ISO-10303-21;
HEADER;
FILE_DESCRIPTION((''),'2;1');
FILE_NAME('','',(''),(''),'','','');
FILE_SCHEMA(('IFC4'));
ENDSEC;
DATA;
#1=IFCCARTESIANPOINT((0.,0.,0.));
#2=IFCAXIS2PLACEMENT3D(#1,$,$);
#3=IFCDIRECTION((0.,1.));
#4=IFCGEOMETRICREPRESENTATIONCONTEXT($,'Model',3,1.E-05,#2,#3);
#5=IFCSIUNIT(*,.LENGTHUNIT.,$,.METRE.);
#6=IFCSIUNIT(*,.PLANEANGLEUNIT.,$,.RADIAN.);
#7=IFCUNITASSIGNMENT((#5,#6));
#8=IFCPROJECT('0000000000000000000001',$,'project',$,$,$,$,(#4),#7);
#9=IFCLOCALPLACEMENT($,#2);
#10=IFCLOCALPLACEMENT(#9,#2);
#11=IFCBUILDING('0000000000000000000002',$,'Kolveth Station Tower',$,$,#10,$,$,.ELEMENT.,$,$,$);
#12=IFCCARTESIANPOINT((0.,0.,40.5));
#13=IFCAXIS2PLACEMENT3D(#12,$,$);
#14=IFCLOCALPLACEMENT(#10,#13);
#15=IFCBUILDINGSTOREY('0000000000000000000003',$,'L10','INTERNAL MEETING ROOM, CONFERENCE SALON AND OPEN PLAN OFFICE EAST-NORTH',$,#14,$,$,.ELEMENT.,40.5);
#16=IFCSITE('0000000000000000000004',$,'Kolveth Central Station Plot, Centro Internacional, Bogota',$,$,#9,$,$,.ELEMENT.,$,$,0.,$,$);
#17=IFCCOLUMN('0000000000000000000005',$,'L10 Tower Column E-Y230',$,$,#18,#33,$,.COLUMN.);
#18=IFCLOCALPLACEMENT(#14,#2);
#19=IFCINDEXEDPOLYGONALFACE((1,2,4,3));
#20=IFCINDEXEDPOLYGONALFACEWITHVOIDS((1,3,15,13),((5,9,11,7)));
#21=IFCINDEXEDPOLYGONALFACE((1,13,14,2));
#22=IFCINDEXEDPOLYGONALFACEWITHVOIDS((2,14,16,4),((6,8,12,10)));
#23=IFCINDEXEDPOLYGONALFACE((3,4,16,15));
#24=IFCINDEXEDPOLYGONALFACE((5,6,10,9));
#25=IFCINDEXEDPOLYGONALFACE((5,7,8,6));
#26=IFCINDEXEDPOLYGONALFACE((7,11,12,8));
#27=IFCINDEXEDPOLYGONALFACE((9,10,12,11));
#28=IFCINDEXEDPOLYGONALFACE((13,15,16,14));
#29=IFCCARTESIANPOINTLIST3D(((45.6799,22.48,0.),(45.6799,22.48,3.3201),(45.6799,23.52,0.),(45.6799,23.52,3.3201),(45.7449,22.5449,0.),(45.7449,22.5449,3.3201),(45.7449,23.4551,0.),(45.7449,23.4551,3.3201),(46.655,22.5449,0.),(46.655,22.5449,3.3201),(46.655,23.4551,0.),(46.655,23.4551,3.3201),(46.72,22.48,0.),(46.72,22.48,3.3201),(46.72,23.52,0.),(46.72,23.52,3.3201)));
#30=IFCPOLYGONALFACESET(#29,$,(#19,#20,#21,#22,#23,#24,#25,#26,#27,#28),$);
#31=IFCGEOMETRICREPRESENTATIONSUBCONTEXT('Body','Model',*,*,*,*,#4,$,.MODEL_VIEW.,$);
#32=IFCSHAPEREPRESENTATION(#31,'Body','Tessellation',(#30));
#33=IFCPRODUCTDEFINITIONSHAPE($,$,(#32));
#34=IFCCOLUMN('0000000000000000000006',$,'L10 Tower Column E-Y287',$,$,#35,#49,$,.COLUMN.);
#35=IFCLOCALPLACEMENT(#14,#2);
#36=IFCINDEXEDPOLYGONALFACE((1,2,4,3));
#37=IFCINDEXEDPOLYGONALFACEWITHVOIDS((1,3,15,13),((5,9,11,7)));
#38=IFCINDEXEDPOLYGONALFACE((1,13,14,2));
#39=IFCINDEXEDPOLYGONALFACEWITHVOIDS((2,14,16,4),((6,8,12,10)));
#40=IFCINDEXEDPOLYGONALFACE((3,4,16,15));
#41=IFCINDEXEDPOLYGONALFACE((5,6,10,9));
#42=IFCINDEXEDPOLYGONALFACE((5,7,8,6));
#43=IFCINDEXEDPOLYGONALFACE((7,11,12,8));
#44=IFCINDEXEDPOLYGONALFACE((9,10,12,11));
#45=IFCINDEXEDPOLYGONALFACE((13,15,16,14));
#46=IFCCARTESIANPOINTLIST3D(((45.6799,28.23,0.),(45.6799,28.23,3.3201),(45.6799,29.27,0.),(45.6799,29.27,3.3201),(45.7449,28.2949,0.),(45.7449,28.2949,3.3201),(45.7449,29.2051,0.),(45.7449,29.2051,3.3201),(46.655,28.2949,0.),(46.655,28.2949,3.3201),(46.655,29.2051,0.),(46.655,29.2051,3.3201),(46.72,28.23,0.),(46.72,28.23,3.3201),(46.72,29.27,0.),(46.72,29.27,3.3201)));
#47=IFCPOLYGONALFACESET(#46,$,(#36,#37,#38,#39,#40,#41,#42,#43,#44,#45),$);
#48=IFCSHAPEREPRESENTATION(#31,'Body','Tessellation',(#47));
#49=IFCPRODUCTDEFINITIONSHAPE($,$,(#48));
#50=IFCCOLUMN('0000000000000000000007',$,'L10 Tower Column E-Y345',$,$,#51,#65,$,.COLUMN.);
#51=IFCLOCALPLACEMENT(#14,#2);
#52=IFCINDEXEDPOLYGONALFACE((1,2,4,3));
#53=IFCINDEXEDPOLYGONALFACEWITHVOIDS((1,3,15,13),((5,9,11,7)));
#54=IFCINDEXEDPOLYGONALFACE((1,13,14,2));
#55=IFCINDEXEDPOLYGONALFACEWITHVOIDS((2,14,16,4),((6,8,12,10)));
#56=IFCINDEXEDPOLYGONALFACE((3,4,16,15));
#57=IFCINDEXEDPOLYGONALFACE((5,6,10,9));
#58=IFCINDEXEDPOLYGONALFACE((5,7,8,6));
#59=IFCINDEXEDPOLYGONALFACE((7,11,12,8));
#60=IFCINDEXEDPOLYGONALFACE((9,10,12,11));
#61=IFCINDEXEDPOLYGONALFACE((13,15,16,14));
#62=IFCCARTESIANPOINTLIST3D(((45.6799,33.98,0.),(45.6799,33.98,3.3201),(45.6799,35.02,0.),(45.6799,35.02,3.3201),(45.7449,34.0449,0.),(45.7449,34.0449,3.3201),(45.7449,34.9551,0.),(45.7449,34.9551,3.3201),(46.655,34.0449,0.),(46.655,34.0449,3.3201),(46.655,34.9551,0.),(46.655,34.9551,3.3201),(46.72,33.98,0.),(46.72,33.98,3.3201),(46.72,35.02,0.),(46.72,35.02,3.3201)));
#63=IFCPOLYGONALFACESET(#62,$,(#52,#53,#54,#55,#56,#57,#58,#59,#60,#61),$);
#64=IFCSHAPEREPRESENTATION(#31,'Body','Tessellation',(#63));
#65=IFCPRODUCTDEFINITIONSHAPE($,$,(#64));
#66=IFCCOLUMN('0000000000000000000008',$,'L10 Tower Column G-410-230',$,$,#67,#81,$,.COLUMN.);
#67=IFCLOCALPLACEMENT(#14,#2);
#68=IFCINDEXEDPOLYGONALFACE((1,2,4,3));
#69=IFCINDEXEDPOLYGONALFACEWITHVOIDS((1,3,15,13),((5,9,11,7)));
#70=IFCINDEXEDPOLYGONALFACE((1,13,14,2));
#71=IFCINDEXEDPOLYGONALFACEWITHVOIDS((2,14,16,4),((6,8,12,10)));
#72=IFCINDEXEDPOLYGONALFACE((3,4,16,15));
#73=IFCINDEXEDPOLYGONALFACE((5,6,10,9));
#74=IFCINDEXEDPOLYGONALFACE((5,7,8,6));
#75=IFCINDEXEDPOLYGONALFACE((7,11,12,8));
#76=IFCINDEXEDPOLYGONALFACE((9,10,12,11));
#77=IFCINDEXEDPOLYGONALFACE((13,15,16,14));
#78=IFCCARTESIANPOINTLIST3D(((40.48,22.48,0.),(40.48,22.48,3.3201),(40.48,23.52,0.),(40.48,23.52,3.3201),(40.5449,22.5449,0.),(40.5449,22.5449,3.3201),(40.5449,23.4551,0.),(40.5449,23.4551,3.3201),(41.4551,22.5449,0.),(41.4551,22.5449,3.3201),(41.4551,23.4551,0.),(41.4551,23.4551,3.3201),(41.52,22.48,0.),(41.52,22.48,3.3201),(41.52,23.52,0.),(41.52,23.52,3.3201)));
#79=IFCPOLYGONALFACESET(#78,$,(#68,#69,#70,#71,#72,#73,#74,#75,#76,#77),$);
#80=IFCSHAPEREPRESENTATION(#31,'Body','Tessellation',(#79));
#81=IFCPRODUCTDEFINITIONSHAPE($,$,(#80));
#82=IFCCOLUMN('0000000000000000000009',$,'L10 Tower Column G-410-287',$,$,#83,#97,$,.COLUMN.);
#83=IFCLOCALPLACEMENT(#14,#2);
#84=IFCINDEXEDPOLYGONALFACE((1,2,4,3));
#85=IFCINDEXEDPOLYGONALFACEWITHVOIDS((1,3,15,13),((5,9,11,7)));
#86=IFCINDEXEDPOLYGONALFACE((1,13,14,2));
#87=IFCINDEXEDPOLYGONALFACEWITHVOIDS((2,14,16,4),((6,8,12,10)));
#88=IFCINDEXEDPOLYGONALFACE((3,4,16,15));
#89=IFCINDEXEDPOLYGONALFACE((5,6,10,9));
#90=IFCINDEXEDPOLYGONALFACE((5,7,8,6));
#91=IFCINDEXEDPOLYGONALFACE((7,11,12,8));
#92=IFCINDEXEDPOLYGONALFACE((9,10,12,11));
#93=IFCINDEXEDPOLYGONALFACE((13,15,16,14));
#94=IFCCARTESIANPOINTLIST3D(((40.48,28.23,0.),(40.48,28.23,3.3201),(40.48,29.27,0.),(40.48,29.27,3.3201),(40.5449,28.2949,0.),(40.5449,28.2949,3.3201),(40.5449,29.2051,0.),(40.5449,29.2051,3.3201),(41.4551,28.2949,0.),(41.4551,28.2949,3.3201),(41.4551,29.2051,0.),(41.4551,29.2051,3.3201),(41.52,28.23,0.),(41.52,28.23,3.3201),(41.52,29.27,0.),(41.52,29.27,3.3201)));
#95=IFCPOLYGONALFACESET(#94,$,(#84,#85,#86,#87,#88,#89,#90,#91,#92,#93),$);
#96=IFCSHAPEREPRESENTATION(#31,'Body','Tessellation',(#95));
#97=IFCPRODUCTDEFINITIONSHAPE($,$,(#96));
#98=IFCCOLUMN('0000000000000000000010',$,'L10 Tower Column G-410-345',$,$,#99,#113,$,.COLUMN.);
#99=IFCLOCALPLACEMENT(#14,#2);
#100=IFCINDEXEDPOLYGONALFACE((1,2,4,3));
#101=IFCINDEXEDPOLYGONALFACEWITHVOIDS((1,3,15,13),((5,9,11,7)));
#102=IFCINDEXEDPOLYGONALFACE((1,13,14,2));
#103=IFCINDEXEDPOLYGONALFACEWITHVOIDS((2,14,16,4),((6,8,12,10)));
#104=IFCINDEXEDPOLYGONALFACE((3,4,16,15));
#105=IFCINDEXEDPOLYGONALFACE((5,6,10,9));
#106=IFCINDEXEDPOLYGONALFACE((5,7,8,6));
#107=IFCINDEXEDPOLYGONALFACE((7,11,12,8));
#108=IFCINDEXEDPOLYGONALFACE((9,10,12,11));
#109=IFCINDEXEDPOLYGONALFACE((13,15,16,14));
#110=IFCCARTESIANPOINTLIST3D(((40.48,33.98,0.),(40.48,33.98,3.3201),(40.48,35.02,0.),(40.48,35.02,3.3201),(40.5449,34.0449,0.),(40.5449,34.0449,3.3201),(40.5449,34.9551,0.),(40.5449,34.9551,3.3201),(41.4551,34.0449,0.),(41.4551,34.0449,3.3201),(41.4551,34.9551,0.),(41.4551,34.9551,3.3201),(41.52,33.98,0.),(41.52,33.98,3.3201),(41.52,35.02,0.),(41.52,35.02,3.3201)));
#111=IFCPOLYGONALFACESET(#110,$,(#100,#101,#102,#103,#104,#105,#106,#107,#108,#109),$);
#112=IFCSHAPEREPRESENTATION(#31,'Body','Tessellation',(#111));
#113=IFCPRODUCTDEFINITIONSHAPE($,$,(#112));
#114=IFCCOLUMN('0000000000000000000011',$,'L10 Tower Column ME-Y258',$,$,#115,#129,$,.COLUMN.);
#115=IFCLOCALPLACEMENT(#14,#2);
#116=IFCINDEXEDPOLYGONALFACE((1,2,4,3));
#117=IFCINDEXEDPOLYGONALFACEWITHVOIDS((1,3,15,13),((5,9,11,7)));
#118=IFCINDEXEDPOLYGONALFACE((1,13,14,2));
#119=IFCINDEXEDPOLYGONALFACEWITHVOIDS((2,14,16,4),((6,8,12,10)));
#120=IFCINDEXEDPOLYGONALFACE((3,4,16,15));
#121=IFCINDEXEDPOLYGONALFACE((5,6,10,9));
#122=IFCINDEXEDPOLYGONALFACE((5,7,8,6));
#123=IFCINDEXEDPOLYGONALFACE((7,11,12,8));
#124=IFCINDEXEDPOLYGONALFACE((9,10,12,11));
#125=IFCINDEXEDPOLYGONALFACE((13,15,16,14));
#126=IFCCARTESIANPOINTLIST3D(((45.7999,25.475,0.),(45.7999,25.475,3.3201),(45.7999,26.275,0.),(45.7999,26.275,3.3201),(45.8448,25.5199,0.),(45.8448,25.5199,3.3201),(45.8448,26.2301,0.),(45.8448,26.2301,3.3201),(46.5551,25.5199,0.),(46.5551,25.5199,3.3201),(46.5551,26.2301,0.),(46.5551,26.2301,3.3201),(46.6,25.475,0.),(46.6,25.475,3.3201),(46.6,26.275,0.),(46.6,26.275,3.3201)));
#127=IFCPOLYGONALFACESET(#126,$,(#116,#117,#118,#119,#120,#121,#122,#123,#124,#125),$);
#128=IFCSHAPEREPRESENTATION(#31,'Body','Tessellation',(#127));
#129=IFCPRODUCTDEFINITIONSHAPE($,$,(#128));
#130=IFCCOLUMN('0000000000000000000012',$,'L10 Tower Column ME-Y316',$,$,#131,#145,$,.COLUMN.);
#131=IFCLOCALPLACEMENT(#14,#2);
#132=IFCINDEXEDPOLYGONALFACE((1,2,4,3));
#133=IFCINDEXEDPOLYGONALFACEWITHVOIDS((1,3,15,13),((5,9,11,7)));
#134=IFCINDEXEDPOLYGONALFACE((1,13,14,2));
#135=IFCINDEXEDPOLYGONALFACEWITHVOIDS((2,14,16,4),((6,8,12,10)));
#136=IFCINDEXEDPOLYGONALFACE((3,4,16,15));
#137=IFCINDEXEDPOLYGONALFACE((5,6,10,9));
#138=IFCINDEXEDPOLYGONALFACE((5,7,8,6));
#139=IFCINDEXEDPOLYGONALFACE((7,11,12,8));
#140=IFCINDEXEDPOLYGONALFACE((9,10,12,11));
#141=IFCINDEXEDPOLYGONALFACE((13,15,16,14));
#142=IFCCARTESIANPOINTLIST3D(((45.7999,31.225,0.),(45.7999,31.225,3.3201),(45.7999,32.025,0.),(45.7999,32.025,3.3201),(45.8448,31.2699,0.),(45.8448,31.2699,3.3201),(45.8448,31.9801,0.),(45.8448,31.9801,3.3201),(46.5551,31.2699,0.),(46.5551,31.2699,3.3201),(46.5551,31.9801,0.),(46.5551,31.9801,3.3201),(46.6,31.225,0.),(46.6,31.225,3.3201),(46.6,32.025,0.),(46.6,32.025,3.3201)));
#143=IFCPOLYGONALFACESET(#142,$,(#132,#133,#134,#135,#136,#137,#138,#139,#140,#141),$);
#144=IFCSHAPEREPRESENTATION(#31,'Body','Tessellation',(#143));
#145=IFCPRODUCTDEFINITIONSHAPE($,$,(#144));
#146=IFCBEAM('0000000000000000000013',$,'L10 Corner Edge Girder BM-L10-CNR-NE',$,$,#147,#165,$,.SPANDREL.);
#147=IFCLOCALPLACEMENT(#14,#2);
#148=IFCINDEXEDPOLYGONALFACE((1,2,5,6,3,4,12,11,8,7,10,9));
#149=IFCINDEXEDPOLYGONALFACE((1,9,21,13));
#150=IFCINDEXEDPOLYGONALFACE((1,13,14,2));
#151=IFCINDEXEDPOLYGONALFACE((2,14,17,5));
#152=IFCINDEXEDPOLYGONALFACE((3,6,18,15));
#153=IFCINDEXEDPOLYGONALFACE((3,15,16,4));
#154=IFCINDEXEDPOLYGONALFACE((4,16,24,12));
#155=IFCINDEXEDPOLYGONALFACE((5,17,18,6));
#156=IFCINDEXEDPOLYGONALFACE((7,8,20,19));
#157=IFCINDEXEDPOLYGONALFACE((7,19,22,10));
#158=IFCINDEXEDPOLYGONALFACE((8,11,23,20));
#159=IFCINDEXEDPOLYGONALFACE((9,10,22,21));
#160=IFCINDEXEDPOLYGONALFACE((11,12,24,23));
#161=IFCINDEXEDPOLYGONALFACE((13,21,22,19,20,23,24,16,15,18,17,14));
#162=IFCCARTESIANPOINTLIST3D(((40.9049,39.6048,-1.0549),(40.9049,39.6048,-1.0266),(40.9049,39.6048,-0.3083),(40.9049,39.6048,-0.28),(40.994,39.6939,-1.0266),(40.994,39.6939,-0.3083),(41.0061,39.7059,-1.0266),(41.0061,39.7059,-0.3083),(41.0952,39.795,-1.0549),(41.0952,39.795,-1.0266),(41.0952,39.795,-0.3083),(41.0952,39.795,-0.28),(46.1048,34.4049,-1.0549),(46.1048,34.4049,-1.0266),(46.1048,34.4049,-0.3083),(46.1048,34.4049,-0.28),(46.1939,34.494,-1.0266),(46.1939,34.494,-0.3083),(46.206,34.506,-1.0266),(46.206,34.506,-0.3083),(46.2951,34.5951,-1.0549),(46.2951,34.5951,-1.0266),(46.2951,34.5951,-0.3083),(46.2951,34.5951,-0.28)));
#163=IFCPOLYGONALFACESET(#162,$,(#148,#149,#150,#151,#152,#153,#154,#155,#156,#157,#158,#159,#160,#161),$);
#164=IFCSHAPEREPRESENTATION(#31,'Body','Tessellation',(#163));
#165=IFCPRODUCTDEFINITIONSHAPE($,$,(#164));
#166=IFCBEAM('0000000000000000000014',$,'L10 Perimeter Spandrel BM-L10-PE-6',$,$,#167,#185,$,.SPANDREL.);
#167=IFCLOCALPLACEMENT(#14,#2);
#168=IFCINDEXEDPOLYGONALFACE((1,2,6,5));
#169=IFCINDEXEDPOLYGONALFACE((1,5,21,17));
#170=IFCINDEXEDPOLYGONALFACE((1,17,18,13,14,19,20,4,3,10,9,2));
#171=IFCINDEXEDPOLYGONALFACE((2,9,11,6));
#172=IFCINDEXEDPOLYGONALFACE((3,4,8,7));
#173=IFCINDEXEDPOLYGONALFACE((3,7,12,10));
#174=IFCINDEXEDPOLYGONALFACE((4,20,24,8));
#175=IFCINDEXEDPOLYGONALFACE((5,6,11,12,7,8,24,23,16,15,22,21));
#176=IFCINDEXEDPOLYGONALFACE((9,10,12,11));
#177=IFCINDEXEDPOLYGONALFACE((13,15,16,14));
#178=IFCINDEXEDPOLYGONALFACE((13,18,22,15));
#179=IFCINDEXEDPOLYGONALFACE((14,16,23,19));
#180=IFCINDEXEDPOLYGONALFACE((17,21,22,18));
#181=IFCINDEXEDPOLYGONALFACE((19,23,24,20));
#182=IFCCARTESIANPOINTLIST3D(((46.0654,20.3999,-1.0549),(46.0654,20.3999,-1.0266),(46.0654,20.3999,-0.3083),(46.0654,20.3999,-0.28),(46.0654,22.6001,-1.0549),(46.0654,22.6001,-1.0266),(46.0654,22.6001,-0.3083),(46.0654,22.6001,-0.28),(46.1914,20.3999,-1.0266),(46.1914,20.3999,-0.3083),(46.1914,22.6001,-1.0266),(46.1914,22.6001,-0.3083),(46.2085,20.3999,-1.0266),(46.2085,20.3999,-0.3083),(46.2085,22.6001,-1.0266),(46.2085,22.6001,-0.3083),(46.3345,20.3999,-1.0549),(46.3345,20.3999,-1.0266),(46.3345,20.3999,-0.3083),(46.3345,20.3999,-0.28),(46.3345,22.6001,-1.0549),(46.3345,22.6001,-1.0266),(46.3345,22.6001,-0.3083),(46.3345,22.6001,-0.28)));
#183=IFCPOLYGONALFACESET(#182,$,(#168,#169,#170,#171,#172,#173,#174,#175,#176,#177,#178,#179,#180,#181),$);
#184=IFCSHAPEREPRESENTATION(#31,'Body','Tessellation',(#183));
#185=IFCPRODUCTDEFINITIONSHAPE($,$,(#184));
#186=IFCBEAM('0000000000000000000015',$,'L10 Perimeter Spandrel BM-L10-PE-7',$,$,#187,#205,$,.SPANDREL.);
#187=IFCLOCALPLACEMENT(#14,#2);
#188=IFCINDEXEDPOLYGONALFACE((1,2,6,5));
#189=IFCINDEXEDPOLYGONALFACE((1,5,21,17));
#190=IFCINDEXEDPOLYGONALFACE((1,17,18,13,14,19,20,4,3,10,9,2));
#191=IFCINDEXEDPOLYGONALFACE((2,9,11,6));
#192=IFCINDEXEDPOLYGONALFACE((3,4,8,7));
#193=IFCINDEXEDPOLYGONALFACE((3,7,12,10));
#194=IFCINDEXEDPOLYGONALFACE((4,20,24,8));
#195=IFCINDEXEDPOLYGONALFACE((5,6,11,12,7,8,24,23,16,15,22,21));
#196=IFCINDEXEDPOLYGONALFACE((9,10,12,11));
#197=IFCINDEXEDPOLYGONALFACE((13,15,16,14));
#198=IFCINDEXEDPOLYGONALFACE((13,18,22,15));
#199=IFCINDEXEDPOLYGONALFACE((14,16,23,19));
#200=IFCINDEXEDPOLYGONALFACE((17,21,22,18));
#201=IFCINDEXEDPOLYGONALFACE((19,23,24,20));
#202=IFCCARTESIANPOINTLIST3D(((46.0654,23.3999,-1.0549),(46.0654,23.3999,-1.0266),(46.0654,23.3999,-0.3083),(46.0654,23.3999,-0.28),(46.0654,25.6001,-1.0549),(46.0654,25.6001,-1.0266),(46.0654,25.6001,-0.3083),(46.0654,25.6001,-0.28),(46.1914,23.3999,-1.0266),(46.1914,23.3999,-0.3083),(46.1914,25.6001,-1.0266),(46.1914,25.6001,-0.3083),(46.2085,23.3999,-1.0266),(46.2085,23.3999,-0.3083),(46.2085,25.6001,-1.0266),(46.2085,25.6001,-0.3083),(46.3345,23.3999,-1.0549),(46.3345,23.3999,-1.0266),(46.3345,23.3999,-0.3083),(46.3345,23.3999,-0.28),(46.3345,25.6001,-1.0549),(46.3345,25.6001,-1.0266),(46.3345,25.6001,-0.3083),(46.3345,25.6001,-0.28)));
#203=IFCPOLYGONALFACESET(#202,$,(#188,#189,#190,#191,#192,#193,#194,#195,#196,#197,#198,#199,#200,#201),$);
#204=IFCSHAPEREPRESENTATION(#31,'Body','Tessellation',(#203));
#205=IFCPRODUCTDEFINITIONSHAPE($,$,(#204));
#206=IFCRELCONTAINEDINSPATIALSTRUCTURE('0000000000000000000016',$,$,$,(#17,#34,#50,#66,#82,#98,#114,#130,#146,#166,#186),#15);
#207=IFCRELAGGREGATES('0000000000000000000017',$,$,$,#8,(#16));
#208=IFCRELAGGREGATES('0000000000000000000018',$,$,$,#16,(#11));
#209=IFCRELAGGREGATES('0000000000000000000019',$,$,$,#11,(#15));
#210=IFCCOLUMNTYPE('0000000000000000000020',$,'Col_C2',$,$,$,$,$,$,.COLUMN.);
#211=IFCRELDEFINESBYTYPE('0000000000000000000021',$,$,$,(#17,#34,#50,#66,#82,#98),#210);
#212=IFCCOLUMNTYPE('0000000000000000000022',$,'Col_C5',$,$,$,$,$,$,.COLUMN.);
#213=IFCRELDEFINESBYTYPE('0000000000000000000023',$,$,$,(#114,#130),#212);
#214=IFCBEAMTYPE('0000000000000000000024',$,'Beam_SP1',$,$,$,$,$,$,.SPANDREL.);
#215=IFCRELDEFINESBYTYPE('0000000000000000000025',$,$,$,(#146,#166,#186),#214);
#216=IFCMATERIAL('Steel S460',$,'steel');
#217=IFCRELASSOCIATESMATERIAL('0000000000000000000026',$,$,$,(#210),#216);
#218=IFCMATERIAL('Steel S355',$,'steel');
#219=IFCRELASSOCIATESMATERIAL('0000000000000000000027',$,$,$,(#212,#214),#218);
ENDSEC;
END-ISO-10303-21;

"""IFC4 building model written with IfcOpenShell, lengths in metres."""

from ifc_helpers import new_model, si_unit, direction, frame, origin, origin_2d, place, context, subcontext, project, spatial, hollow_rectangle, i_section, extrude, source, transform, mapped, material, material_profile, profile_set, type_object, element, save


model = new_model("IFC4")

# Units and contexts
model_context = context("Model", 3, precision=1e-05, world=origin(), true_north=direction((0.0, 1.0)))
body_context = subcontext(model_context, "Body", "Model", "MODEL_VIEW")
ifc_project = project(units=[si_unit("LENGTHUNIT", "METRE"), si_unit("PLANEANGLEUNIT", "RADIAN")], contexts=[model_context])

# Site, building, storey
site_placement = place(None, origin())
site = spatial("IfcSite", under=ifc_project, at=site_placement, Name="Kolveth Central Station Plot, Centro Internacional, Bogota", CompositionType="ELEMENT", RefElevation=0.0)
building_placement = place(site_placement, origin())
building = spatial("IfcBuilding", under=site, at=building_placement, Name="Kolveth Station Tower", CompositionType="ELEMENT")
storey_placement = place(building_placement, frame((0.0, 0.0, 40.5)))
storey = spatial("IfcBuildingStorey", under=building, at=storey_placement, Name="L10", Description="INTERNAL MEETING ROOM, CONFERENCE SALON AND OPEN PLAN OFFICE EAST-NORTH", CompositionType="ELEMENT", Elevation=40.5)

# Columns
ifc_material_1 = material(Name="Steel S460", Category="steel")
ifc_material_profile_1 = material_profile(ifc_material_1, hollow_rectangle(XDim=1.04, YDim=1.04, WallThickness=0.0649, at=origin_2d()), Name="BOX1040x1040x65")
ifc_profile_set_1 = profile_set([ifc_material_profile_1], Name="Steel S460")
column_type_1 = type_object("IfcColumnType", Name="Col_C2", PredefinedType="COLUMN", material=ifc_profile_set_1)
shared_shape_1 = source(origin(), body_context, "Body", "SweptSolid", [
    extrude(hollow_rectangle(XDim=1.04, YDim=1.04, WallThickness=0.0649, at=origin_2d()), origin(), (0.0, 0.0, 1.0), 3.3201),
])
for number, where, z_axis, x_axis, name in (
    (1, (46.2, 23.0, 0.0), (0.0, 0.0, 1.0), (1.0, 0.0, 0.0), "L10 Tower Column E-Y230"),
    (2, (46.2, 28.75, 0.0), (0.0, 0.0, 1.0), (1.0, 0.0, 0.0), "L10 Tower Column E-Y287"),
    (3, (46.2, 34.5, 0.0), (0.0, 0.0, 1.0), (1.0, 0.0, 0.0), "L10 Tower Column E-Y345"),
    (4, (41.0, 23.0, 0.0), (0.0, 0.0, 1.0), (1.0, 0.0, 0.0), "L10 Tower Column G-410-230"),
    (5, (41.0, 28.75, 0.0), (0.0, 0.0, 1.0), (1.0, 0.0, 0.0), "L10 Tower Column G-410-287"),
    (6, (41.0, 34.5, 0.0), (0.0, 0.0, 1.0), (1.0, 0.0, 0.0), "L10 Tower Column G-410-345"),
):
    element("IfcColumn", number, at=place(storey_placement, frame(where, z_axis=z_axis, x_axis=x_axis)), inside=storey, type_object=column_type_1, Name=name, PredefinedType="COLUMN", context=body_context, shape_type="MappedRepresentation", body=[
        mapped(shared_shape_1, transform((0.0, 0.0, 0.0), x_axis=(1.0, 0.0, 0.0), y_axis=(0.0, 1.0, 0.0), z_axis=(0.0, 0.0, 1.0), scale=1.0)),
    ])
ifc_material_2 = material(Name="Steel S355", Category="steel")
ifc_material_profile_2 = material_profile(ifc_material_2, hollow_rectangle(XDim=0.8, YDim=0.8, WallThickness=0.0449, at=origin_2d()), Name="BOX800x800x45")
ifc_profile_set_2 = profile_set([ifc_material_profile_2], Name="Steel S355")
column_type_2 = type_object("IfcColumnType", Name="Col_C5", PredefinedType="COLUMN", material=ifc_profile_set_2)
shared_shape_2 = source(origin(), body_context, "Body", "SweptSolid", [
    extrude(hollow_rectangle(XDim=0.8, YDim=0.8, WallThickness=0.0449, at=origin_2d()), origin(), (0.0, 0.0, 1.0), 3.3201),
])
for number, where, z_axis, x_axis, name in (
    (7, (46.2, 25.875, 0.0), (0.0, 0.0, 1.0), (1.0, 0.0, 0.0), "L10 Tower Column ME-Y258"),
    (8, (46.2, 31.625, 0.0), (0.0, 0.0, 1.0), (1.0, 0.0, 0.0), "L10 Tower Column ME-Y316"),
):
    element("IfcColumn", number, at=place(storey_placement, frame(where, z_axis=z_axis, x_axis=x_axis)), inside=storey, type_object=column_type_2, Name=name, PredefinedType="COLUMN", context=body_context, shape_type="MappedRepresentation", body=[
        mapped(shared_shape_2, transform((0.0, 0.0, 0.0), x_axis=(1.0, 0.0, 0.0), y_axis=(0.0, 1.0, 0.0), z_axis=(0.0, 0.0, 1.0), scale=1.0)),
    ])

# Beams
ifc_material_profile_3 = material_profile(ifc_material_2, i_section(OverallWidth=0.269, OverallDepth=0.7749, WebThickness=0.0171, FlangeThickness=0.0283, at=origin_2d()), Name="W760x220")
ifc_profile_set_3 = profile_set([ifc_material_profile_3], Name="Steel S355")
beam_type_1 = type_object("IfcBeamType", Name="Beam_SP1", PredefinedType="SPANDREL", material=ifc_profile_set_3)
shared_shape_3 = source(origin(), body_context, "Body", "SweptSolid", [
    extrude(i_section(OverallWidth=0.269, OverallDepth=0.7749, WebThickness=0.0171, FlangeThickness=0.0283, at=origin_2d()), origin(), (0.0, 0.0, 1.0), 7.3538),
])
beam_placement = place(storey_placement, frame((46.2, 34.5, -0.6675), z_axis=(-0.707107, 0.707107, 0.0), x_axis=(-0.707107, -0.707107, 0.0)))
element("IfcBeam", 9, at=beam_placement, inside=storey, type_object=beam_type_1, Name="L10 Corner Edge Girder BM-L10-CNR-NE", PredefinedType="SPANDREL", context=body_context, shape_type="MappedRepresentation", body=[
    mapped(shared_shape_3, transform((0.0, 0.0, 0.0), x_axis=(1.0, 0.0, 0.0), y_axis=(0.0, 1.0, 0.0), z_axis=(0.0, 0.0, 1.0), scale=1.0)),
])
shared_shape_4 = source(origin(), body_context, "Body", "SweptSolid", [
    extrude(i_section(OverallWidth=0.269, OverallDepth=0.7749, WebThickness=0.0171, FlangeThickness=0.0283, at=origin_2d()), origin(), (0.0, 0.0, 1.0), 2.2002),
])
for number, where, z_axis, x_axis, name in (
    (10, (46.2, 20.3999, -0.6675), (0.0, 1.0, 0.0), (-1.0, 0.0, 0.0), "L10 Perimeter Spandrel BM-L10-PE-6"),
    (11, (46.2, 23.3999, -0.6675), (0.0, 1.0, 0.0), (-1.0, 0.0, 0.0), "L10 Perimeter Spandrel BM-L10-PE-7"),
):
    element("IfcBeam", number, at=place(storey_placement, frame(where, z_axis=z_axis, x_axis=x_axis)), inside=storey, type_object=beam_type_1, Name=name, PredefinedType="SPANDREL", context=body_context, shape_type="MappedRepresentation", body=[
        mapped(shared_shape_4, transform((0.0, 0.0, 0.0), x_axis=(1.0, 0.0, 0.0), y_axis=(0.0, 1.0, 0.0), z_axis=(0.0, 0.0, 1.0), scale=1.0)),
    ])

save(model, "model.ifc")
